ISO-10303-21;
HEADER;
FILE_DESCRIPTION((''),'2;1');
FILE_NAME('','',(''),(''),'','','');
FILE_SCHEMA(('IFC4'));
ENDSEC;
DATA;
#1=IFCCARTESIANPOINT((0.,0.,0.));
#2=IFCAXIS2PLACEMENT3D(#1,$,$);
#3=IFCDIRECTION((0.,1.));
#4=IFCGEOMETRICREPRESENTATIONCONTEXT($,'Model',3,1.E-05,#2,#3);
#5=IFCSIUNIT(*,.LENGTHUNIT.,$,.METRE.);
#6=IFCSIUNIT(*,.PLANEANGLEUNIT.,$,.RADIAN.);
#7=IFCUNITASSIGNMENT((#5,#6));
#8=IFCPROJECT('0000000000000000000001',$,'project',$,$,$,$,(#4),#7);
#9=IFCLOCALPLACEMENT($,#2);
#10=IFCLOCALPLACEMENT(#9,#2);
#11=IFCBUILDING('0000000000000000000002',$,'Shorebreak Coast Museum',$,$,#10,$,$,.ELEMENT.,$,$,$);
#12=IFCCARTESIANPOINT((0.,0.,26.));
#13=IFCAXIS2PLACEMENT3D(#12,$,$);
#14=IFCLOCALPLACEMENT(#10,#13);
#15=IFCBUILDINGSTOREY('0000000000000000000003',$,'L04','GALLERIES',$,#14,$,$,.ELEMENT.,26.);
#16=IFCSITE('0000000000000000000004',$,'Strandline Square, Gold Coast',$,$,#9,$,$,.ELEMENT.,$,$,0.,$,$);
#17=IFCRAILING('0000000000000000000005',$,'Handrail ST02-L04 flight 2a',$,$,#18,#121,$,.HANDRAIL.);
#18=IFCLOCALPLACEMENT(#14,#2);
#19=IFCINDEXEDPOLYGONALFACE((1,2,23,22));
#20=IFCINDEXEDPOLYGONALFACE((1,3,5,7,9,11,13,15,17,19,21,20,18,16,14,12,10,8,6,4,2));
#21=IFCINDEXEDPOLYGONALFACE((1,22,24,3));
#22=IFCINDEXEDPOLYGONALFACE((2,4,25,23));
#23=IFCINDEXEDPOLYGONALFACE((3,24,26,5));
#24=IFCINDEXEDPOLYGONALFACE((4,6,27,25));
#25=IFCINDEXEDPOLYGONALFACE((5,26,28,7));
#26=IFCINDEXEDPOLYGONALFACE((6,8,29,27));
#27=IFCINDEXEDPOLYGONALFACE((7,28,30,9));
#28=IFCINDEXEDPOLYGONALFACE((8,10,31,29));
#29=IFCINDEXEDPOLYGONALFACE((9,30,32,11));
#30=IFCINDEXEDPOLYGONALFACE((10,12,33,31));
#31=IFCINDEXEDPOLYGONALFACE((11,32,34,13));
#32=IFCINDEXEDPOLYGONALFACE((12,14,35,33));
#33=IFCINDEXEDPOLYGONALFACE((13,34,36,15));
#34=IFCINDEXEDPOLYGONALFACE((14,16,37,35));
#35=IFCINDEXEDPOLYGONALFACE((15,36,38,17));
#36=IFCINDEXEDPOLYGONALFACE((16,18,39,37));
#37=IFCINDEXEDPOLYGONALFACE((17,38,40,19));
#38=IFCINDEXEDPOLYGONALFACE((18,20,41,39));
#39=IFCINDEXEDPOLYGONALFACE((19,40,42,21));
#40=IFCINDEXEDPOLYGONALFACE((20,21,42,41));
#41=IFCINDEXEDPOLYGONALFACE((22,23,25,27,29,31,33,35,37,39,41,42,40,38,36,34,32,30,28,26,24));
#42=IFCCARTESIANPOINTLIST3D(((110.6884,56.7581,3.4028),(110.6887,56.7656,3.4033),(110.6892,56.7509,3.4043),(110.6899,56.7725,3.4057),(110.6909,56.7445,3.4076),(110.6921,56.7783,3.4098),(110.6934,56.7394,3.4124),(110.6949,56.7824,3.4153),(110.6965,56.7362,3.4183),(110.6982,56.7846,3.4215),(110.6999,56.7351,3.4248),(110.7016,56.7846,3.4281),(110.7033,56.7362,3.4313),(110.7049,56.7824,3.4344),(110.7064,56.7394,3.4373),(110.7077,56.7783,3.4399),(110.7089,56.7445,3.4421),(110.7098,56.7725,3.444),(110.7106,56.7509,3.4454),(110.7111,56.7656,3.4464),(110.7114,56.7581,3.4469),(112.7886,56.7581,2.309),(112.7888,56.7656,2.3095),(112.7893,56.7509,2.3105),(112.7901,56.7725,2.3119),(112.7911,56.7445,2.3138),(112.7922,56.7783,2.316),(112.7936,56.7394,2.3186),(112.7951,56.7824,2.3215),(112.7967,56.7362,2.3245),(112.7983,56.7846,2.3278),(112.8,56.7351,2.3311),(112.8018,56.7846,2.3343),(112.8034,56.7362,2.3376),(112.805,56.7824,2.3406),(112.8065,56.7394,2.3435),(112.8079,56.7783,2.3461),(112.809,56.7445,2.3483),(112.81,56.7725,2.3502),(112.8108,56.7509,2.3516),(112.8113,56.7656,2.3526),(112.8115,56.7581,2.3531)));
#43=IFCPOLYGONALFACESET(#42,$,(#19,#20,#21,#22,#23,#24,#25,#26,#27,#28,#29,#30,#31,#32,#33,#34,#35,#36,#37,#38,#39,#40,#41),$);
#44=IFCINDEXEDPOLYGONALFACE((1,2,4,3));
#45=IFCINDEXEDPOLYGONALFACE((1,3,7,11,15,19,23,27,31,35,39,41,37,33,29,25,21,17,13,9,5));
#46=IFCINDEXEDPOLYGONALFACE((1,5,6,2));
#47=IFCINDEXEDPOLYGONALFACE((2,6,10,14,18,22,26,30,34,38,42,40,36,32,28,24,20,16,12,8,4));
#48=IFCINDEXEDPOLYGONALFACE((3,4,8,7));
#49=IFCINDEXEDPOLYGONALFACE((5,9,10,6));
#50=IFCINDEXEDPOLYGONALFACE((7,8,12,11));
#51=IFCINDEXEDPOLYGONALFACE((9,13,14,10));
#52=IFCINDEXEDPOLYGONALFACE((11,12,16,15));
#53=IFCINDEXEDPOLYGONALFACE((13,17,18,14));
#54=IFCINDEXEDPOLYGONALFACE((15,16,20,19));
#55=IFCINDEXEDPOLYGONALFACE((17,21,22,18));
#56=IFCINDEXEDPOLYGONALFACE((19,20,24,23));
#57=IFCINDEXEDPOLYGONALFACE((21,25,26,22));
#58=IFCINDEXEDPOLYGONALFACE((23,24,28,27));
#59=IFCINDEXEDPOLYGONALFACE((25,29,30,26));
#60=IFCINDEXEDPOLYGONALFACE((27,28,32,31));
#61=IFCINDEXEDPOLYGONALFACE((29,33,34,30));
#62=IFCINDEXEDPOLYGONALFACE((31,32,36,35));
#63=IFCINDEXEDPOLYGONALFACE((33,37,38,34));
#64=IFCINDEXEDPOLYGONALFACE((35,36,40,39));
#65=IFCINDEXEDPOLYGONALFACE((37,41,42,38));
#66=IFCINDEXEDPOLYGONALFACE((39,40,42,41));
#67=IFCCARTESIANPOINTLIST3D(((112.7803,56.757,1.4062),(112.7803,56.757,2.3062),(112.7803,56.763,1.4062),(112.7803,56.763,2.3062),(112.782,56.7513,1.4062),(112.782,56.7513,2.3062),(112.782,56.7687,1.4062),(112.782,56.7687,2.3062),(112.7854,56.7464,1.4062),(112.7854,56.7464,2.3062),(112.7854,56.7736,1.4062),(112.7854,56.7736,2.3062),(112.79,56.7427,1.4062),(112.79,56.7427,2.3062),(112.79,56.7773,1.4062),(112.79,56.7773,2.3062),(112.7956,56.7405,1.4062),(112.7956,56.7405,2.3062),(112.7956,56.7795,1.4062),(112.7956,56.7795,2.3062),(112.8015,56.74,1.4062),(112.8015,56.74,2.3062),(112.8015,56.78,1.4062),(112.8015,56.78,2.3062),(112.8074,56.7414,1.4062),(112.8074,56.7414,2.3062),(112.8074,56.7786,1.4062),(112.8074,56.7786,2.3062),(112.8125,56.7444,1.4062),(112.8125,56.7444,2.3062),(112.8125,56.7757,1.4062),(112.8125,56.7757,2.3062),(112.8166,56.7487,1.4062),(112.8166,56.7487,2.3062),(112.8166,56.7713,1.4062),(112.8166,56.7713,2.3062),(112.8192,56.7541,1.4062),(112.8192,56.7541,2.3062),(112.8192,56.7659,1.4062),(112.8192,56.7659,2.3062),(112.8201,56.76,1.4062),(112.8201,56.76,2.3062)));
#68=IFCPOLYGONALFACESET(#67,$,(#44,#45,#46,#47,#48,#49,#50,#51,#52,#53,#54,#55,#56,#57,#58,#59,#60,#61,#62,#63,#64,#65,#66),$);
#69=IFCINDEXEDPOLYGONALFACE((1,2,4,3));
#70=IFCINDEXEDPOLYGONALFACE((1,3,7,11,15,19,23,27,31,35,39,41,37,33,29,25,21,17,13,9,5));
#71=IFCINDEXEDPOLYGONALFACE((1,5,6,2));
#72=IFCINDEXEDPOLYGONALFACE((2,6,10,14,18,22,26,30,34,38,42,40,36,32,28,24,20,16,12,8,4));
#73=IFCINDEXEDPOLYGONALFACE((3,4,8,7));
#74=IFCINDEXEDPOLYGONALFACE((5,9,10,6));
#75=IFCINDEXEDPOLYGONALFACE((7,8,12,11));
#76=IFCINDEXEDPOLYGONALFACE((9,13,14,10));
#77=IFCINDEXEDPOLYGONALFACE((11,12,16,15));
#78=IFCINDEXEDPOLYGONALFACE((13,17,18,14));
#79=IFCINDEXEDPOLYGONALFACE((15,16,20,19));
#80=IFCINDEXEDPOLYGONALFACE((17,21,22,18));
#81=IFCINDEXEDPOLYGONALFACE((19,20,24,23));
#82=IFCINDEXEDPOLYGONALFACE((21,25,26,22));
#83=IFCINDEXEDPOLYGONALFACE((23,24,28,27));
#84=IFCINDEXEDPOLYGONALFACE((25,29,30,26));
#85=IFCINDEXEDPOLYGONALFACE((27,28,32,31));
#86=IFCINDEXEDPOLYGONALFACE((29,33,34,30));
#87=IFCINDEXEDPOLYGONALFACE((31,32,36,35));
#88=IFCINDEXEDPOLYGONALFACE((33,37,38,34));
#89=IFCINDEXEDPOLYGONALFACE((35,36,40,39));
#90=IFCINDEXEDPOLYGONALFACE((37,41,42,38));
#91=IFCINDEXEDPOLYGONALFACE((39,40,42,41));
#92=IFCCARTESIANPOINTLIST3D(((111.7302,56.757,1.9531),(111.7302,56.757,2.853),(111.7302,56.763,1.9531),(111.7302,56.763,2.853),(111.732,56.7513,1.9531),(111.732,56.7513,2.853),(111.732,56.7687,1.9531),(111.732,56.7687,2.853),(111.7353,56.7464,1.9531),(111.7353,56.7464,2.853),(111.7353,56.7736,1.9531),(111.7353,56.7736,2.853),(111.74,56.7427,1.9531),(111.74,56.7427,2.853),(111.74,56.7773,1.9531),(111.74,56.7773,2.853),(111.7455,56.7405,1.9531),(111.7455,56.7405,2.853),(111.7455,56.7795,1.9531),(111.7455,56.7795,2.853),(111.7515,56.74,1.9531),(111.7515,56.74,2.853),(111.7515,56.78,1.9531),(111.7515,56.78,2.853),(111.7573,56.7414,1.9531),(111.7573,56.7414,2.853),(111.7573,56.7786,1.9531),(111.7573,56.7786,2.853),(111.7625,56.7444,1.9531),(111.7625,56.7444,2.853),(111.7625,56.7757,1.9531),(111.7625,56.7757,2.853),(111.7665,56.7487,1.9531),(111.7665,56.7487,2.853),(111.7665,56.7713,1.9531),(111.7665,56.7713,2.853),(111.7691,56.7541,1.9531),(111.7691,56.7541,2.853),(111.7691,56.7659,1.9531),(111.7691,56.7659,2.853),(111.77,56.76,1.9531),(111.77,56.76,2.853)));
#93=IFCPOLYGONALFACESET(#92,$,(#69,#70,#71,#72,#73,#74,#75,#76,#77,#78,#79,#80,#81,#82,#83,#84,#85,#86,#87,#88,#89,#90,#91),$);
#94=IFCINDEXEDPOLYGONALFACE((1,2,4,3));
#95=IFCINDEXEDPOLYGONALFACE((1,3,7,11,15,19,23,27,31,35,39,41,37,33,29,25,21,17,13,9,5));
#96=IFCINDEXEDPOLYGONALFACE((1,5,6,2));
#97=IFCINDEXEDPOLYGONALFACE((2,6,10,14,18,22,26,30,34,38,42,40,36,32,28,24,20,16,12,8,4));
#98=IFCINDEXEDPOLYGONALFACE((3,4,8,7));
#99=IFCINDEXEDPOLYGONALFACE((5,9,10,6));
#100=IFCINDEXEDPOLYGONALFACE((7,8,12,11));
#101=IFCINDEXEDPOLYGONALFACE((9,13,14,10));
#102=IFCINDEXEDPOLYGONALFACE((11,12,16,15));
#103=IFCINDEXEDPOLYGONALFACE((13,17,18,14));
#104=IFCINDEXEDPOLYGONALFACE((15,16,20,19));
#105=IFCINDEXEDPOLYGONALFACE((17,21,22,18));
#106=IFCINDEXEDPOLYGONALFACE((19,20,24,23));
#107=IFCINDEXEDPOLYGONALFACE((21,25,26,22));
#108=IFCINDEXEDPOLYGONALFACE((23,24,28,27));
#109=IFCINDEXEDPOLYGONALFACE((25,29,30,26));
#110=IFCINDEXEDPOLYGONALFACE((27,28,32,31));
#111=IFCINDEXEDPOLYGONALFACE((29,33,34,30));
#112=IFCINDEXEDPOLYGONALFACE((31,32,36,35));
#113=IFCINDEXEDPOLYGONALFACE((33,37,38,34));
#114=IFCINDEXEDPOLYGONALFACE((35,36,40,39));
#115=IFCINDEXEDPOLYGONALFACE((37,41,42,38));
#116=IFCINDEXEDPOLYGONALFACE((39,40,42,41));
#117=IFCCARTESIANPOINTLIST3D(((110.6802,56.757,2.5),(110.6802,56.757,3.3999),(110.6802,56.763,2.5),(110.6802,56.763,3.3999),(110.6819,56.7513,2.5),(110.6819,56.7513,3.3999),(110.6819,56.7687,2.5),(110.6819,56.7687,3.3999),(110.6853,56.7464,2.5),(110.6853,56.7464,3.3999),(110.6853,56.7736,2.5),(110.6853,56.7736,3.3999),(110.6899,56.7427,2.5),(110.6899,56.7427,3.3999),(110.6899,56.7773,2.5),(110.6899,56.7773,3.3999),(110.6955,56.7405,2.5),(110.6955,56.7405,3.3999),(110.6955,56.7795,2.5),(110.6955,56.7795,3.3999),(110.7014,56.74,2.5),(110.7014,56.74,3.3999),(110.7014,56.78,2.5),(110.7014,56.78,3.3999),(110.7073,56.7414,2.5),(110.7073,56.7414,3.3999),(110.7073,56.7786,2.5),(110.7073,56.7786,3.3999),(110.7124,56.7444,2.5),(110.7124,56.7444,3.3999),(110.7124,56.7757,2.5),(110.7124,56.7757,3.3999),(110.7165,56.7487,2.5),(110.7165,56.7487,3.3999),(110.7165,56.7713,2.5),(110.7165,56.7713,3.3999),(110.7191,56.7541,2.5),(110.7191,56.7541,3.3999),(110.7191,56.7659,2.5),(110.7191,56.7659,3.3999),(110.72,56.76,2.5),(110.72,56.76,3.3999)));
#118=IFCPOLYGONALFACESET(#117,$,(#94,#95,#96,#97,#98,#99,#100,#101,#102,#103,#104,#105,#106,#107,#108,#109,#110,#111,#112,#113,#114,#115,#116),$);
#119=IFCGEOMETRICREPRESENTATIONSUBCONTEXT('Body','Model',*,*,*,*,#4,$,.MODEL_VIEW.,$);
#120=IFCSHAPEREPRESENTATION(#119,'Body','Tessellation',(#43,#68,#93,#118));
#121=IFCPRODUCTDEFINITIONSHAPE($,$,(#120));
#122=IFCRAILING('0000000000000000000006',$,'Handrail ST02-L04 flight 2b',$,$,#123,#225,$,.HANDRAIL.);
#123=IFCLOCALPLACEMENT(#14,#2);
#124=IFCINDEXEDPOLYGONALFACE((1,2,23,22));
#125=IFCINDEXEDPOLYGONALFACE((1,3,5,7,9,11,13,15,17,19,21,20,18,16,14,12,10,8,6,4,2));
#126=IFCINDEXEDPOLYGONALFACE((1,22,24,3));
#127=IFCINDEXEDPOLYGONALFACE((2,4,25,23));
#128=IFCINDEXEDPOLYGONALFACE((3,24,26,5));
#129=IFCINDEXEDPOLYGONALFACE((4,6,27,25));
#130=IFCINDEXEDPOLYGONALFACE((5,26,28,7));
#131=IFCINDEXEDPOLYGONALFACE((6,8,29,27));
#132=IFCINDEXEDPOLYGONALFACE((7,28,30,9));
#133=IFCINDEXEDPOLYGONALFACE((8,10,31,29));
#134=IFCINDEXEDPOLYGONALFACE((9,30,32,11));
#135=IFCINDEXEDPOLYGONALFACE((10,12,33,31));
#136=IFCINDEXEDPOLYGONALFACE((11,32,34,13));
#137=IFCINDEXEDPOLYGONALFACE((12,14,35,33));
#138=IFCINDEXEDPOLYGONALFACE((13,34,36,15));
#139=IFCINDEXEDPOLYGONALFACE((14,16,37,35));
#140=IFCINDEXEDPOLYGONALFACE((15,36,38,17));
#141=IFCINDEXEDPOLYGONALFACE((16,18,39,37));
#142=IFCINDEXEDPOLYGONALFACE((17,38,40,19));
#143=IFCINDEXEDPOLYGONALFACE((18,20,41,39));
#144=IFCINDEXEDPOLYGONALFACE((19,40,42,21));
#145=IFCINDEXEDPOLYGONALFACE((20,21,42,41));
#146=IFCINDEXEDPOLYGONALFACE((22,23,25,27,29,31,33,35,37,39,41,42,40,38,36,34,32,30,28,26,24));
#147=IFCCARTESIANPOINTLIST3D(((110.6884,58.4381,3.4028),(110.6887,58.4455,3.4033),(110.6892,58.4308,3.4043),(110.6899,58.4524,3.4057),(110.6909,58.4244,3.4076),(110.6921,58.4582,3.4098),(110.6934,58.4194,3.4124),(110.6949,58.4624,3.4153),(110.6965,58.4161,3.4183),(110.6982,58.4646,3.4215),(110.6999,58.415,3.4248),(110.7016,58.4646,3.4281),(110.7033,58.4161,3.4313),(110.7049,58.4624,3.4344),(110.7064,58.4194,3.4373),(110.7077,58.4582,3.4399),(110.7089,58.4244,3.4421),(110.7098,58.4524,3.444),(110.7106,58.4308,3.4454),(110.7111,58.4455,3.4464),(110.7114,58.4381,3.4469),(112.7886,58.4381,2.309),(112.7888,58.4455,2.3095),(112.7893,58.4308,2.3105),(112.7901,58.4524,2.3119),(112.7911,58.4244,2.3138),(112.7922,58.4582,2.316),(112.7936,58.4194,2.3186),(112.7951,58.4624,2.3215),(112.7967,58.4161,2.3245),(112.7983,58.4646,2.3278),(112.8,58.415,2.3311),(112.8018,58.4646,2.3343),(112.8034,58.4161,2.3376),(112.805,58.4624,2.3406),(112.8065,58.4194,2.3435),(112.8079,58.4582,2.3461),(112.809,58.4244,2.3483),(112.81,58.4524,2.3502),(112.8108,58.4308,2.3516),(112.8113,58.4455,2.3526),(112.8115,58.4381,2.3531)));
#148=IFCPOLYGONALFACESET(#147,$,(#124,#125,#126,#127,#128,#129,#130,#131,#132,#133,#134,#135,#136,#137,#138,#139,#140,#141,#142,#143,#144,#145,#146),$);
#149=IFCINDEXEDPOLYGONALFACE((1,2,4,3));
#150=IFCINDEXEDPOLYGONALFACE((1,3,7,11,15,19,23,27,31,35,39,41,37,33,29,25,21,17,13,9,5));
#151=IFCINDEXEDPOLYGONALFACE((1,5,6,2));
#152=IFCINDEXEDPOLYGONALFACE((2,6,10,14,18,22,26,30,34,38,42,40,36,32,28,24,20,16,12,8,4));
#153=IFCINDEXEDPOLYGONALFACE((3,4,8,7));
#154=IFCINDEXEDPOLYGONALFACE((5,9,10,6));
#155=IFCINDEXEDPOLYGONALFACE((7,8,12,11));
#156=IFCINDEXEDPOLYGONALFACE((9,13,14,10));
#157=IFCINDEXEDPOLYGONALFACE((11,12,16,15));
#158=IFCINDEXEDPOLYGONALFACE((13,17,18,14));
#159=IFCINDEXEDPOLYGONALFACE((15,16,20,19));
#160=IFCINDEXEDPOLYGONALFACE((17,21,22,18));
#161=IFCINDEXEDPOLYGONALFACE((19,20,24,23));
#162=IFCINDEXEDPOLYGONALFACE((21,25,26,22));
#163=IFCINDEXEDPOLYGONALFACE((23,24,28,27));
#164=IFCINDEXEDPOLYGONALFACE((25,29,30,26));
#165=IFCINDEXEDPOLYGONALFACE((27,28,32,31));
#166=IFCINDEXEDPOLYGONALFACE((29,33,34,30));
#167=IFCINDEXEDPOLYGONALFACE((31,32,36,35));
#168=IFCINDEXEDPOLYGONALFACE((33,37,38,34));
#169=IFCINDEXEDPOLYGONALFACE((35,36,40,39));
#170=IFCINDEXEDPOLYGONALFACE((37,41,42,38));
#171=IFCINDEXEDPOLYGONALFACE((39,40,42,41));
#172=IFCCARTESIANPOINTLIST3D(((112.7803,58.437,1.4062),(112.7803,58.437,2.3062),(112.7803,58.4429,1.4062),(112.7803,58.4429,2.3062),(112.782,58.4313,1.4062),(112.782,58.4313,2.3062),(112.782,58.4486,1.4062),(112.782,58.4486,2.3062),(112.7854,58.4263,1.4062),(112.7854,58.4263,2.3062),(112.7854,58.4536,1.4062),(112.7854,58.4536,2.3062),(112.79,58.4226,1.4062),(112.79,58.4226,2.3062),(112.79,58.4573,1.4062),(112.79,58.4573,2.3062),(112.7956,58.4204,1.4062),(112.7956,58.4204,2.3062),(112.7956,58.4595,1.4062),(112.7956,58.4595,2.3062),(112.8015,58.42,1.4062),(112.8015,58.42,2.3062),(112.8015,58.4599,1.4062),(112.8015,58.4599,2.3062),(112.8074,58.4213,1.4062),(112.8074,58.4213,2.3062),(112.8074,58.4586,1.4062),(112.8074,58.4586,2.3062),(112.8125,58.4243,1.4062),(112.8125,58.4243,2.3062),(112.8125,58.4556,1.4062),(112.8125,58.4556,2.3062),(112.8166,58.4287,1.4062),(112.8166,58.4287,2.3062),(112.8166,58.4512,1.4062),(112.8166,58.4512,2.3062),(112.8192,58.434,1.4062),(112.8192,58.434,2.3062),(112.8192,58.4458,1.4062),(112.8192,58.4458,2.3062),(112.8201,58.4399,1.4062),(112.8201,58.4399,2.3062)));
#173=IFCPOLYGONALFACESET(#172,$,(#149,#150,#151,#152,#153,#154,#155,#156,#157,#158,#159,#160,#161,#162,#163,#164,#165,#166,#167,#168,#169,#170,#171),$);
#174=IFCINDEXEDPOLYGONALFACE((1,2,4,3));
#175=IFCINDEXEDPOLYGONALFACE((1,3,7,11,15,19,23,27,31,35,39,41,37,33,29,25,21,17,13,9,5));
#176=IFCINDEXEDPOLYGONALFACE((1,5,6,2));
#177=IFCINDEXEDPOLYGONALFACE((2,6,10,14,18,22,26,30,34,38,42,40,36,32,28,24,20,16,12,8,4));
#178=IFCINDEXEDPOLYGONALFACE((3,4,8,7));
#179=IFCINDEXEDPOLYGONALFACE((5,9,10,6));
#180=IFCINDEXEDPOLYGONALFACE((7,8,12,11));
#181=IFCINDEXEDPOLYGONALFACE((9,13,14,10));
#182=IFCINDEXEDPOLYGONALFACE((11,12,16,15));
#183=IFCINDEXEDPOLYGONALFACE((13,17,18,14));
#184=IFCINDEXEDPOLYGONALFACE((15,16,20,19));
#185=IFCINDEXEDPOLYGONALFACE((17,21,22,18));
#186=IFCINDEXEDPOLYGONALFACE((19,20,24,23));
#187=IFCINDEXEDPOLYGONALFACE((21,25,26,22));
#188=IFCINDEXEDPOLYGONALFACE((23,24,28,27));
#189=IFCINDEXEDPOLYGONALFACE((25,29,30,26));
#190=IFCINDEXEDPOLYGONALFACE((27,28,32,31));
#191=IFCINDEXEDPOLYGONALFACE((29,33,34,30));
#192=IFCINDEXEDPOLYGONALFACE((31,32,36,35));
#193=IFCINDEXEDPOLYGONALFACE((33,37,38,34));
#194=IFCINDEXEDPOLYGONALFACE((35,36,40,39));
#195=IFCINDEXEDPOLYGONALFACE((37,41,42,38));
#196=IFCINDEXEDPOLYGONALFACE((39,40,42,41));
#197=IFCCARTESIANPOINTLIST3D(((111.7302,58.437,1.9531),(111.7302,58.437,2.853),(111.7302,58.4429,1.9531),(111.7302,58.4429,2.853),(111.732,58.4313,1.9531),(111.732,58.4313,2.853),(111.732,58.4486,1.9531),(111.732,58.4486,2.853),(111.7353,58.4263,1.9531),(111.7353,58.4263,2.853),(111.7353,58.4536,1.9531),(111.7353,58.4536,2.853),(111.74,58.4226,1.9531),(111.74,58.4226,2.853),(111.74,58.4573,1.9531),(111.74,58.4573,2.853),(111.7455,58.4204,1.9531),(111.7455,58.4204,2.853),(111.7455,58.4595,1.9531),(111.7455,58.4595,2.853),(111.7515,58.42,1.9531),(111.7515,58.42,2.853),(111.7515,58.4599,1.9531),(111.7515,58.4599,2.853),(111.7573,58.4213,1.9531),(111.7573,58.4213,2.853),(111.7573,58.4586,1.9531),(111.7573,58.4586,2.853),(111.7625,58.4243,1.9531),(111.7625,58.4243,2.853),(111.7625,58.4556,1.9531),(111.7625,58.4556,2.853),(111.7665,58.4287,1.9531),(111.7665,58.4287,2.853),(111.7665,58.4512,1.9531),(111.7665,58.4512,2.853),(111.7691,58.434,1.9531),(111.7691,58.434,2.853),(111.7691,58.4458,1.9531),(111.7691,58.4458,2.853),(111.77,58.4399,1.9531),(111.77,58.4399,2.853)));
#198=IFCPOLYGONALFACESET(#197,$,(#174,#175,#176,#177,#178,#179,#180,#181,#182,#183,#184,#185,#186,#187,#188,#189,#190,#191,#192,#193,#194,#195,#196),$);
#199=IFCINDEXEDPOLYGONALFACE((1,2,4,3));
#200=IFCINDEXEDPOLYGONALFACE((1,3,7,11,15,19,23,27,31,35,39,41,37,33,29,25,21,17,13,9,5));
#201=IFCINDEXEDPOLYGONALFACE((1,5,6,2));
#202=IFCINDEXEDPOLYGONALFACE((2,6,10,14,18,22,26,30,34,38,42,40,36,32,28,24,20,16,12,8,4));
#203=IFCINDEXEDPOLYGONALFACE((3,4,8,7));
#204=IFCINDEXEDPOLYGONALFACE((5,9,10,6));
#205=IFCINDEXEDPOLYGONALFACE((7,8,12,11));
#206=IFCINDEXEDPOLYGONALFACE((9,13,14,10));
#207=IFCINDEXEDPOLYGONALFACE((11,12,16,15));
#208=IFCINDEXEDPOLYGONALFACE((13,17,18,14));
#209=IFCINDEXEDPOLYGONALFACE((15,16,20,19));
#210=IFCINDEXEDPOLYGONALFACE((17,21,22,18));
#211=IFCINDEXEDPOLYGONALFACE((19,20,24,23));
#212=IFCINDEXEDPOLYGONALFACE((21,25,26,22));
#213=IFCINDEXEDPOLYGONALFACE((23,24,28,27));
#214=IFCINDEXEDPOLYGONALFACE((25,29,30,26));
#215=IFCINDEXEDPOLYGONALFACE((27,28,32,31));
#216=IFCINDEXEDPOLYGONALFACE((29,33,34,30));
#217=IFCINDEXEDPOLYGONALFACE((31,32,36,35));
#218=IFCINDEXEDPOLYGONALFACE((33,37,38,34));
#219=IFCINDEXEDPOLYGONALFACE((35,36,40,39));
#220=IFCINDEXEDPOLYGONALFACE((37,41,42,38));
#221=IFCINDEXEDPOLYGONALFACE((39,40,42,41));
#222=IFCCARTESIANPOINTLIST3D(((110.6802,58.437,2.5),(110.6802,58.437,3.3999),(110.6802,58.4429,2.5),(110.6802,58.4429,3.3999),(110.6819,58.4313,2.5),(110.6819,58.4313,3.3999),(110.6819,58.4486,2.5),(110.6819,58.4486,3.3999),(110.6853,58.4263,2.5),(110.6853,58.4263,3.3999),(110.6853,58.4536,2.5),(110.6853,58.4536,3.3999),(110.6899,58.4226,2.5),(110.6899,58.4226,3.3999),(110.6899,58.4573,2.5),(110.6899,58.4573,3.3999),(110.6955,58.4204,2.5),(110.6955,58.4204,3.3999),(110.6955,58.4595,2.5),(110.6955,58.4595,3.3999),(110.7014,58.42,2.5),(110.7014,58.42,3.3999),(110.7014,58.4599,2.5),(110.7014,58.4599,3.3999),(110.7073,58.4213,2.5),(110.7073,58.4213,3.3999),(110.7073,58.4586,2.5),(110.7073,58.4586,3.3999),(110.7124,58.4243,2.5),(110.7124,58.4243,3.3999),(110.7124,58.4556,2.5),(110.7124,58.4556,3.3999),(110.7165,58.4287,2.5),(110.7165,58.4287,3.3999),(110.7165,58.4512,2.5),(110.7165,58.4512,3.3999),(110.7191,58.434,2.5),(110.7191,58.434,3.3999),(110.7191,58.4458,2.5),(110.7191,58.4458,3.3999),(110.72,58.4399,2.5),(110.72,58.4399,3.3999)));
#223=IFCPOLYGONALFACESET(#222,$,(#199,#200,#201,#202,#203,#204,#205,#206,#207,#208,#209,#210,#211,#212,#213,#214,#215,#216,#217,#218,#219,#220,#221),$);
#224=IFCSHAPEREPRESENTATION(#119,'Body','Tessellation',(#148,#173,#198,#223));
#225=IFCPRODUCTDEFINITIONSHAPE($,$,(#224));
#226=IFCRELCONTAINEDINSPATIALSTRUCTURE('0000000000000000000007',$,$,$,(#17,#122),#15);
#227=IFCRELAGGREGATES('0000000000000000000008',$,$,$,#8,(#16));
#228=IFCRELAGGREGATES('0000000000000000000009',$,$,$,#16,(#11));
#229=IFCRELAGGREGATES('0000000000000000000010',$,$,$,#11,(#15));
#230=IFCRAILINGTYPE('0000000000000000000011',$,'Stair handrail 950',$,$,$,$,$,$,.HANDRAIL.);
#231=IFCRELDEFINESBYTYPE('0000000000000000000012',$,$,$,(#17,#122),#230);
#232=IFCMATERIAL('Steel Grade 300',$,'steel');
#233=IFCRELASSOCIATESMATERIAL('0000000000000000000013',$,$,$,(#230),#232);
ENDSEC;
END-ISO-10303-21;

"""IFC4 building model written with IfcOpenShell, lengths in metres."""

from ifc_helpers import new_model, si_unit, direction, frame, origin, origin_2d, place, context, subcontext, project, spatial, circle, extrude, material, type_object, element, save


model = new_model("IFC4")

# Units and contexts
model_context = context("Model", 3, precision=1e-05, world=origin(), true_north=direction((0.0, 1.0)))
body_context = subcontext(model_context, "Body", "Model", "MODEL_VIEW")
ifc_project = project(units=[si_unit("LENGTHUNIT", "METRE"), si_unit("PLANEANGLEUNIT", "RADIAN")], contexts=[model_context])

# Site, building, storey
site_placement = place(None, origin())
site = spatial("IfcSite", under=ifc_project, at=site_placement, Name="Strandline Square, Gold Coast", CompositionType="ELEMENT", RefElevation=0.0)
building_placement = place(site_placement, origin())
building = spatial("IfcBuilding", under=site, at=building_placement, Name="Shorebreak Coast Museum", CompositionType="ELEMENT")
storey_placement = place(building_placement, frame((0.0, 0.0, 26.0)))
storey = spatial("IfcBuildingStorey", under=building, at=storey_placement, Name="L04", Description="GALLERIES", CompositionType="ELEMENT", Elevation=26.0)

# Railings
ifc_material_1 = material(Name="Steel Grade 300", Category="steel")
railing_type_1 = type_object("IfcRailingType", Name="Stair handrail 950", PredefinedType="HANDRAIL", material=ifc_material_1)
for number, where, name in (
    (1, (112.8, 56.76, 1.4062), "Handrail ST02-L04 flight 2a"),
    (2, (112.8, 58.4399, 1.4062), "Handrail ST02-L04 flight 2b"),
):
    element("IfcRailing", number, at=place(storey_placement, frame(where)), inside=storey, type_object=railing_type_1, Name=name, PredefinedType="HANDRAIL", context=body_context, shape_type="SweptSolid", body=[
        extrude(circle(Radius=0.0249, at=origin_2d()), frame((0.0, 0.0, 0.9248), z_axis=(-0.886923, 0.0, 0.461918), x_axis=(0.0, -1.0, 0.0)), (0.0, 0.0, 1.0), 2.3679),
        extrude(circle(Radius=0.02, at=origin_2d()), origin(), (0.0, 0.0, 1.0), 0.8999),
        extrude(circle(Radius=0.02, at=origin_2d()), frame((-1.05, 0.0, 0.5469)), (0.0, 0.0, 1.0), 0.8999),
        extrude(circle(Radius=0.02, at=origin_2d()), frame((-2.1001, 0.0, 1.0938)), (0.0, 0.0, 1.0), 0.8999),
    ])

save(model, "model.ifc")
